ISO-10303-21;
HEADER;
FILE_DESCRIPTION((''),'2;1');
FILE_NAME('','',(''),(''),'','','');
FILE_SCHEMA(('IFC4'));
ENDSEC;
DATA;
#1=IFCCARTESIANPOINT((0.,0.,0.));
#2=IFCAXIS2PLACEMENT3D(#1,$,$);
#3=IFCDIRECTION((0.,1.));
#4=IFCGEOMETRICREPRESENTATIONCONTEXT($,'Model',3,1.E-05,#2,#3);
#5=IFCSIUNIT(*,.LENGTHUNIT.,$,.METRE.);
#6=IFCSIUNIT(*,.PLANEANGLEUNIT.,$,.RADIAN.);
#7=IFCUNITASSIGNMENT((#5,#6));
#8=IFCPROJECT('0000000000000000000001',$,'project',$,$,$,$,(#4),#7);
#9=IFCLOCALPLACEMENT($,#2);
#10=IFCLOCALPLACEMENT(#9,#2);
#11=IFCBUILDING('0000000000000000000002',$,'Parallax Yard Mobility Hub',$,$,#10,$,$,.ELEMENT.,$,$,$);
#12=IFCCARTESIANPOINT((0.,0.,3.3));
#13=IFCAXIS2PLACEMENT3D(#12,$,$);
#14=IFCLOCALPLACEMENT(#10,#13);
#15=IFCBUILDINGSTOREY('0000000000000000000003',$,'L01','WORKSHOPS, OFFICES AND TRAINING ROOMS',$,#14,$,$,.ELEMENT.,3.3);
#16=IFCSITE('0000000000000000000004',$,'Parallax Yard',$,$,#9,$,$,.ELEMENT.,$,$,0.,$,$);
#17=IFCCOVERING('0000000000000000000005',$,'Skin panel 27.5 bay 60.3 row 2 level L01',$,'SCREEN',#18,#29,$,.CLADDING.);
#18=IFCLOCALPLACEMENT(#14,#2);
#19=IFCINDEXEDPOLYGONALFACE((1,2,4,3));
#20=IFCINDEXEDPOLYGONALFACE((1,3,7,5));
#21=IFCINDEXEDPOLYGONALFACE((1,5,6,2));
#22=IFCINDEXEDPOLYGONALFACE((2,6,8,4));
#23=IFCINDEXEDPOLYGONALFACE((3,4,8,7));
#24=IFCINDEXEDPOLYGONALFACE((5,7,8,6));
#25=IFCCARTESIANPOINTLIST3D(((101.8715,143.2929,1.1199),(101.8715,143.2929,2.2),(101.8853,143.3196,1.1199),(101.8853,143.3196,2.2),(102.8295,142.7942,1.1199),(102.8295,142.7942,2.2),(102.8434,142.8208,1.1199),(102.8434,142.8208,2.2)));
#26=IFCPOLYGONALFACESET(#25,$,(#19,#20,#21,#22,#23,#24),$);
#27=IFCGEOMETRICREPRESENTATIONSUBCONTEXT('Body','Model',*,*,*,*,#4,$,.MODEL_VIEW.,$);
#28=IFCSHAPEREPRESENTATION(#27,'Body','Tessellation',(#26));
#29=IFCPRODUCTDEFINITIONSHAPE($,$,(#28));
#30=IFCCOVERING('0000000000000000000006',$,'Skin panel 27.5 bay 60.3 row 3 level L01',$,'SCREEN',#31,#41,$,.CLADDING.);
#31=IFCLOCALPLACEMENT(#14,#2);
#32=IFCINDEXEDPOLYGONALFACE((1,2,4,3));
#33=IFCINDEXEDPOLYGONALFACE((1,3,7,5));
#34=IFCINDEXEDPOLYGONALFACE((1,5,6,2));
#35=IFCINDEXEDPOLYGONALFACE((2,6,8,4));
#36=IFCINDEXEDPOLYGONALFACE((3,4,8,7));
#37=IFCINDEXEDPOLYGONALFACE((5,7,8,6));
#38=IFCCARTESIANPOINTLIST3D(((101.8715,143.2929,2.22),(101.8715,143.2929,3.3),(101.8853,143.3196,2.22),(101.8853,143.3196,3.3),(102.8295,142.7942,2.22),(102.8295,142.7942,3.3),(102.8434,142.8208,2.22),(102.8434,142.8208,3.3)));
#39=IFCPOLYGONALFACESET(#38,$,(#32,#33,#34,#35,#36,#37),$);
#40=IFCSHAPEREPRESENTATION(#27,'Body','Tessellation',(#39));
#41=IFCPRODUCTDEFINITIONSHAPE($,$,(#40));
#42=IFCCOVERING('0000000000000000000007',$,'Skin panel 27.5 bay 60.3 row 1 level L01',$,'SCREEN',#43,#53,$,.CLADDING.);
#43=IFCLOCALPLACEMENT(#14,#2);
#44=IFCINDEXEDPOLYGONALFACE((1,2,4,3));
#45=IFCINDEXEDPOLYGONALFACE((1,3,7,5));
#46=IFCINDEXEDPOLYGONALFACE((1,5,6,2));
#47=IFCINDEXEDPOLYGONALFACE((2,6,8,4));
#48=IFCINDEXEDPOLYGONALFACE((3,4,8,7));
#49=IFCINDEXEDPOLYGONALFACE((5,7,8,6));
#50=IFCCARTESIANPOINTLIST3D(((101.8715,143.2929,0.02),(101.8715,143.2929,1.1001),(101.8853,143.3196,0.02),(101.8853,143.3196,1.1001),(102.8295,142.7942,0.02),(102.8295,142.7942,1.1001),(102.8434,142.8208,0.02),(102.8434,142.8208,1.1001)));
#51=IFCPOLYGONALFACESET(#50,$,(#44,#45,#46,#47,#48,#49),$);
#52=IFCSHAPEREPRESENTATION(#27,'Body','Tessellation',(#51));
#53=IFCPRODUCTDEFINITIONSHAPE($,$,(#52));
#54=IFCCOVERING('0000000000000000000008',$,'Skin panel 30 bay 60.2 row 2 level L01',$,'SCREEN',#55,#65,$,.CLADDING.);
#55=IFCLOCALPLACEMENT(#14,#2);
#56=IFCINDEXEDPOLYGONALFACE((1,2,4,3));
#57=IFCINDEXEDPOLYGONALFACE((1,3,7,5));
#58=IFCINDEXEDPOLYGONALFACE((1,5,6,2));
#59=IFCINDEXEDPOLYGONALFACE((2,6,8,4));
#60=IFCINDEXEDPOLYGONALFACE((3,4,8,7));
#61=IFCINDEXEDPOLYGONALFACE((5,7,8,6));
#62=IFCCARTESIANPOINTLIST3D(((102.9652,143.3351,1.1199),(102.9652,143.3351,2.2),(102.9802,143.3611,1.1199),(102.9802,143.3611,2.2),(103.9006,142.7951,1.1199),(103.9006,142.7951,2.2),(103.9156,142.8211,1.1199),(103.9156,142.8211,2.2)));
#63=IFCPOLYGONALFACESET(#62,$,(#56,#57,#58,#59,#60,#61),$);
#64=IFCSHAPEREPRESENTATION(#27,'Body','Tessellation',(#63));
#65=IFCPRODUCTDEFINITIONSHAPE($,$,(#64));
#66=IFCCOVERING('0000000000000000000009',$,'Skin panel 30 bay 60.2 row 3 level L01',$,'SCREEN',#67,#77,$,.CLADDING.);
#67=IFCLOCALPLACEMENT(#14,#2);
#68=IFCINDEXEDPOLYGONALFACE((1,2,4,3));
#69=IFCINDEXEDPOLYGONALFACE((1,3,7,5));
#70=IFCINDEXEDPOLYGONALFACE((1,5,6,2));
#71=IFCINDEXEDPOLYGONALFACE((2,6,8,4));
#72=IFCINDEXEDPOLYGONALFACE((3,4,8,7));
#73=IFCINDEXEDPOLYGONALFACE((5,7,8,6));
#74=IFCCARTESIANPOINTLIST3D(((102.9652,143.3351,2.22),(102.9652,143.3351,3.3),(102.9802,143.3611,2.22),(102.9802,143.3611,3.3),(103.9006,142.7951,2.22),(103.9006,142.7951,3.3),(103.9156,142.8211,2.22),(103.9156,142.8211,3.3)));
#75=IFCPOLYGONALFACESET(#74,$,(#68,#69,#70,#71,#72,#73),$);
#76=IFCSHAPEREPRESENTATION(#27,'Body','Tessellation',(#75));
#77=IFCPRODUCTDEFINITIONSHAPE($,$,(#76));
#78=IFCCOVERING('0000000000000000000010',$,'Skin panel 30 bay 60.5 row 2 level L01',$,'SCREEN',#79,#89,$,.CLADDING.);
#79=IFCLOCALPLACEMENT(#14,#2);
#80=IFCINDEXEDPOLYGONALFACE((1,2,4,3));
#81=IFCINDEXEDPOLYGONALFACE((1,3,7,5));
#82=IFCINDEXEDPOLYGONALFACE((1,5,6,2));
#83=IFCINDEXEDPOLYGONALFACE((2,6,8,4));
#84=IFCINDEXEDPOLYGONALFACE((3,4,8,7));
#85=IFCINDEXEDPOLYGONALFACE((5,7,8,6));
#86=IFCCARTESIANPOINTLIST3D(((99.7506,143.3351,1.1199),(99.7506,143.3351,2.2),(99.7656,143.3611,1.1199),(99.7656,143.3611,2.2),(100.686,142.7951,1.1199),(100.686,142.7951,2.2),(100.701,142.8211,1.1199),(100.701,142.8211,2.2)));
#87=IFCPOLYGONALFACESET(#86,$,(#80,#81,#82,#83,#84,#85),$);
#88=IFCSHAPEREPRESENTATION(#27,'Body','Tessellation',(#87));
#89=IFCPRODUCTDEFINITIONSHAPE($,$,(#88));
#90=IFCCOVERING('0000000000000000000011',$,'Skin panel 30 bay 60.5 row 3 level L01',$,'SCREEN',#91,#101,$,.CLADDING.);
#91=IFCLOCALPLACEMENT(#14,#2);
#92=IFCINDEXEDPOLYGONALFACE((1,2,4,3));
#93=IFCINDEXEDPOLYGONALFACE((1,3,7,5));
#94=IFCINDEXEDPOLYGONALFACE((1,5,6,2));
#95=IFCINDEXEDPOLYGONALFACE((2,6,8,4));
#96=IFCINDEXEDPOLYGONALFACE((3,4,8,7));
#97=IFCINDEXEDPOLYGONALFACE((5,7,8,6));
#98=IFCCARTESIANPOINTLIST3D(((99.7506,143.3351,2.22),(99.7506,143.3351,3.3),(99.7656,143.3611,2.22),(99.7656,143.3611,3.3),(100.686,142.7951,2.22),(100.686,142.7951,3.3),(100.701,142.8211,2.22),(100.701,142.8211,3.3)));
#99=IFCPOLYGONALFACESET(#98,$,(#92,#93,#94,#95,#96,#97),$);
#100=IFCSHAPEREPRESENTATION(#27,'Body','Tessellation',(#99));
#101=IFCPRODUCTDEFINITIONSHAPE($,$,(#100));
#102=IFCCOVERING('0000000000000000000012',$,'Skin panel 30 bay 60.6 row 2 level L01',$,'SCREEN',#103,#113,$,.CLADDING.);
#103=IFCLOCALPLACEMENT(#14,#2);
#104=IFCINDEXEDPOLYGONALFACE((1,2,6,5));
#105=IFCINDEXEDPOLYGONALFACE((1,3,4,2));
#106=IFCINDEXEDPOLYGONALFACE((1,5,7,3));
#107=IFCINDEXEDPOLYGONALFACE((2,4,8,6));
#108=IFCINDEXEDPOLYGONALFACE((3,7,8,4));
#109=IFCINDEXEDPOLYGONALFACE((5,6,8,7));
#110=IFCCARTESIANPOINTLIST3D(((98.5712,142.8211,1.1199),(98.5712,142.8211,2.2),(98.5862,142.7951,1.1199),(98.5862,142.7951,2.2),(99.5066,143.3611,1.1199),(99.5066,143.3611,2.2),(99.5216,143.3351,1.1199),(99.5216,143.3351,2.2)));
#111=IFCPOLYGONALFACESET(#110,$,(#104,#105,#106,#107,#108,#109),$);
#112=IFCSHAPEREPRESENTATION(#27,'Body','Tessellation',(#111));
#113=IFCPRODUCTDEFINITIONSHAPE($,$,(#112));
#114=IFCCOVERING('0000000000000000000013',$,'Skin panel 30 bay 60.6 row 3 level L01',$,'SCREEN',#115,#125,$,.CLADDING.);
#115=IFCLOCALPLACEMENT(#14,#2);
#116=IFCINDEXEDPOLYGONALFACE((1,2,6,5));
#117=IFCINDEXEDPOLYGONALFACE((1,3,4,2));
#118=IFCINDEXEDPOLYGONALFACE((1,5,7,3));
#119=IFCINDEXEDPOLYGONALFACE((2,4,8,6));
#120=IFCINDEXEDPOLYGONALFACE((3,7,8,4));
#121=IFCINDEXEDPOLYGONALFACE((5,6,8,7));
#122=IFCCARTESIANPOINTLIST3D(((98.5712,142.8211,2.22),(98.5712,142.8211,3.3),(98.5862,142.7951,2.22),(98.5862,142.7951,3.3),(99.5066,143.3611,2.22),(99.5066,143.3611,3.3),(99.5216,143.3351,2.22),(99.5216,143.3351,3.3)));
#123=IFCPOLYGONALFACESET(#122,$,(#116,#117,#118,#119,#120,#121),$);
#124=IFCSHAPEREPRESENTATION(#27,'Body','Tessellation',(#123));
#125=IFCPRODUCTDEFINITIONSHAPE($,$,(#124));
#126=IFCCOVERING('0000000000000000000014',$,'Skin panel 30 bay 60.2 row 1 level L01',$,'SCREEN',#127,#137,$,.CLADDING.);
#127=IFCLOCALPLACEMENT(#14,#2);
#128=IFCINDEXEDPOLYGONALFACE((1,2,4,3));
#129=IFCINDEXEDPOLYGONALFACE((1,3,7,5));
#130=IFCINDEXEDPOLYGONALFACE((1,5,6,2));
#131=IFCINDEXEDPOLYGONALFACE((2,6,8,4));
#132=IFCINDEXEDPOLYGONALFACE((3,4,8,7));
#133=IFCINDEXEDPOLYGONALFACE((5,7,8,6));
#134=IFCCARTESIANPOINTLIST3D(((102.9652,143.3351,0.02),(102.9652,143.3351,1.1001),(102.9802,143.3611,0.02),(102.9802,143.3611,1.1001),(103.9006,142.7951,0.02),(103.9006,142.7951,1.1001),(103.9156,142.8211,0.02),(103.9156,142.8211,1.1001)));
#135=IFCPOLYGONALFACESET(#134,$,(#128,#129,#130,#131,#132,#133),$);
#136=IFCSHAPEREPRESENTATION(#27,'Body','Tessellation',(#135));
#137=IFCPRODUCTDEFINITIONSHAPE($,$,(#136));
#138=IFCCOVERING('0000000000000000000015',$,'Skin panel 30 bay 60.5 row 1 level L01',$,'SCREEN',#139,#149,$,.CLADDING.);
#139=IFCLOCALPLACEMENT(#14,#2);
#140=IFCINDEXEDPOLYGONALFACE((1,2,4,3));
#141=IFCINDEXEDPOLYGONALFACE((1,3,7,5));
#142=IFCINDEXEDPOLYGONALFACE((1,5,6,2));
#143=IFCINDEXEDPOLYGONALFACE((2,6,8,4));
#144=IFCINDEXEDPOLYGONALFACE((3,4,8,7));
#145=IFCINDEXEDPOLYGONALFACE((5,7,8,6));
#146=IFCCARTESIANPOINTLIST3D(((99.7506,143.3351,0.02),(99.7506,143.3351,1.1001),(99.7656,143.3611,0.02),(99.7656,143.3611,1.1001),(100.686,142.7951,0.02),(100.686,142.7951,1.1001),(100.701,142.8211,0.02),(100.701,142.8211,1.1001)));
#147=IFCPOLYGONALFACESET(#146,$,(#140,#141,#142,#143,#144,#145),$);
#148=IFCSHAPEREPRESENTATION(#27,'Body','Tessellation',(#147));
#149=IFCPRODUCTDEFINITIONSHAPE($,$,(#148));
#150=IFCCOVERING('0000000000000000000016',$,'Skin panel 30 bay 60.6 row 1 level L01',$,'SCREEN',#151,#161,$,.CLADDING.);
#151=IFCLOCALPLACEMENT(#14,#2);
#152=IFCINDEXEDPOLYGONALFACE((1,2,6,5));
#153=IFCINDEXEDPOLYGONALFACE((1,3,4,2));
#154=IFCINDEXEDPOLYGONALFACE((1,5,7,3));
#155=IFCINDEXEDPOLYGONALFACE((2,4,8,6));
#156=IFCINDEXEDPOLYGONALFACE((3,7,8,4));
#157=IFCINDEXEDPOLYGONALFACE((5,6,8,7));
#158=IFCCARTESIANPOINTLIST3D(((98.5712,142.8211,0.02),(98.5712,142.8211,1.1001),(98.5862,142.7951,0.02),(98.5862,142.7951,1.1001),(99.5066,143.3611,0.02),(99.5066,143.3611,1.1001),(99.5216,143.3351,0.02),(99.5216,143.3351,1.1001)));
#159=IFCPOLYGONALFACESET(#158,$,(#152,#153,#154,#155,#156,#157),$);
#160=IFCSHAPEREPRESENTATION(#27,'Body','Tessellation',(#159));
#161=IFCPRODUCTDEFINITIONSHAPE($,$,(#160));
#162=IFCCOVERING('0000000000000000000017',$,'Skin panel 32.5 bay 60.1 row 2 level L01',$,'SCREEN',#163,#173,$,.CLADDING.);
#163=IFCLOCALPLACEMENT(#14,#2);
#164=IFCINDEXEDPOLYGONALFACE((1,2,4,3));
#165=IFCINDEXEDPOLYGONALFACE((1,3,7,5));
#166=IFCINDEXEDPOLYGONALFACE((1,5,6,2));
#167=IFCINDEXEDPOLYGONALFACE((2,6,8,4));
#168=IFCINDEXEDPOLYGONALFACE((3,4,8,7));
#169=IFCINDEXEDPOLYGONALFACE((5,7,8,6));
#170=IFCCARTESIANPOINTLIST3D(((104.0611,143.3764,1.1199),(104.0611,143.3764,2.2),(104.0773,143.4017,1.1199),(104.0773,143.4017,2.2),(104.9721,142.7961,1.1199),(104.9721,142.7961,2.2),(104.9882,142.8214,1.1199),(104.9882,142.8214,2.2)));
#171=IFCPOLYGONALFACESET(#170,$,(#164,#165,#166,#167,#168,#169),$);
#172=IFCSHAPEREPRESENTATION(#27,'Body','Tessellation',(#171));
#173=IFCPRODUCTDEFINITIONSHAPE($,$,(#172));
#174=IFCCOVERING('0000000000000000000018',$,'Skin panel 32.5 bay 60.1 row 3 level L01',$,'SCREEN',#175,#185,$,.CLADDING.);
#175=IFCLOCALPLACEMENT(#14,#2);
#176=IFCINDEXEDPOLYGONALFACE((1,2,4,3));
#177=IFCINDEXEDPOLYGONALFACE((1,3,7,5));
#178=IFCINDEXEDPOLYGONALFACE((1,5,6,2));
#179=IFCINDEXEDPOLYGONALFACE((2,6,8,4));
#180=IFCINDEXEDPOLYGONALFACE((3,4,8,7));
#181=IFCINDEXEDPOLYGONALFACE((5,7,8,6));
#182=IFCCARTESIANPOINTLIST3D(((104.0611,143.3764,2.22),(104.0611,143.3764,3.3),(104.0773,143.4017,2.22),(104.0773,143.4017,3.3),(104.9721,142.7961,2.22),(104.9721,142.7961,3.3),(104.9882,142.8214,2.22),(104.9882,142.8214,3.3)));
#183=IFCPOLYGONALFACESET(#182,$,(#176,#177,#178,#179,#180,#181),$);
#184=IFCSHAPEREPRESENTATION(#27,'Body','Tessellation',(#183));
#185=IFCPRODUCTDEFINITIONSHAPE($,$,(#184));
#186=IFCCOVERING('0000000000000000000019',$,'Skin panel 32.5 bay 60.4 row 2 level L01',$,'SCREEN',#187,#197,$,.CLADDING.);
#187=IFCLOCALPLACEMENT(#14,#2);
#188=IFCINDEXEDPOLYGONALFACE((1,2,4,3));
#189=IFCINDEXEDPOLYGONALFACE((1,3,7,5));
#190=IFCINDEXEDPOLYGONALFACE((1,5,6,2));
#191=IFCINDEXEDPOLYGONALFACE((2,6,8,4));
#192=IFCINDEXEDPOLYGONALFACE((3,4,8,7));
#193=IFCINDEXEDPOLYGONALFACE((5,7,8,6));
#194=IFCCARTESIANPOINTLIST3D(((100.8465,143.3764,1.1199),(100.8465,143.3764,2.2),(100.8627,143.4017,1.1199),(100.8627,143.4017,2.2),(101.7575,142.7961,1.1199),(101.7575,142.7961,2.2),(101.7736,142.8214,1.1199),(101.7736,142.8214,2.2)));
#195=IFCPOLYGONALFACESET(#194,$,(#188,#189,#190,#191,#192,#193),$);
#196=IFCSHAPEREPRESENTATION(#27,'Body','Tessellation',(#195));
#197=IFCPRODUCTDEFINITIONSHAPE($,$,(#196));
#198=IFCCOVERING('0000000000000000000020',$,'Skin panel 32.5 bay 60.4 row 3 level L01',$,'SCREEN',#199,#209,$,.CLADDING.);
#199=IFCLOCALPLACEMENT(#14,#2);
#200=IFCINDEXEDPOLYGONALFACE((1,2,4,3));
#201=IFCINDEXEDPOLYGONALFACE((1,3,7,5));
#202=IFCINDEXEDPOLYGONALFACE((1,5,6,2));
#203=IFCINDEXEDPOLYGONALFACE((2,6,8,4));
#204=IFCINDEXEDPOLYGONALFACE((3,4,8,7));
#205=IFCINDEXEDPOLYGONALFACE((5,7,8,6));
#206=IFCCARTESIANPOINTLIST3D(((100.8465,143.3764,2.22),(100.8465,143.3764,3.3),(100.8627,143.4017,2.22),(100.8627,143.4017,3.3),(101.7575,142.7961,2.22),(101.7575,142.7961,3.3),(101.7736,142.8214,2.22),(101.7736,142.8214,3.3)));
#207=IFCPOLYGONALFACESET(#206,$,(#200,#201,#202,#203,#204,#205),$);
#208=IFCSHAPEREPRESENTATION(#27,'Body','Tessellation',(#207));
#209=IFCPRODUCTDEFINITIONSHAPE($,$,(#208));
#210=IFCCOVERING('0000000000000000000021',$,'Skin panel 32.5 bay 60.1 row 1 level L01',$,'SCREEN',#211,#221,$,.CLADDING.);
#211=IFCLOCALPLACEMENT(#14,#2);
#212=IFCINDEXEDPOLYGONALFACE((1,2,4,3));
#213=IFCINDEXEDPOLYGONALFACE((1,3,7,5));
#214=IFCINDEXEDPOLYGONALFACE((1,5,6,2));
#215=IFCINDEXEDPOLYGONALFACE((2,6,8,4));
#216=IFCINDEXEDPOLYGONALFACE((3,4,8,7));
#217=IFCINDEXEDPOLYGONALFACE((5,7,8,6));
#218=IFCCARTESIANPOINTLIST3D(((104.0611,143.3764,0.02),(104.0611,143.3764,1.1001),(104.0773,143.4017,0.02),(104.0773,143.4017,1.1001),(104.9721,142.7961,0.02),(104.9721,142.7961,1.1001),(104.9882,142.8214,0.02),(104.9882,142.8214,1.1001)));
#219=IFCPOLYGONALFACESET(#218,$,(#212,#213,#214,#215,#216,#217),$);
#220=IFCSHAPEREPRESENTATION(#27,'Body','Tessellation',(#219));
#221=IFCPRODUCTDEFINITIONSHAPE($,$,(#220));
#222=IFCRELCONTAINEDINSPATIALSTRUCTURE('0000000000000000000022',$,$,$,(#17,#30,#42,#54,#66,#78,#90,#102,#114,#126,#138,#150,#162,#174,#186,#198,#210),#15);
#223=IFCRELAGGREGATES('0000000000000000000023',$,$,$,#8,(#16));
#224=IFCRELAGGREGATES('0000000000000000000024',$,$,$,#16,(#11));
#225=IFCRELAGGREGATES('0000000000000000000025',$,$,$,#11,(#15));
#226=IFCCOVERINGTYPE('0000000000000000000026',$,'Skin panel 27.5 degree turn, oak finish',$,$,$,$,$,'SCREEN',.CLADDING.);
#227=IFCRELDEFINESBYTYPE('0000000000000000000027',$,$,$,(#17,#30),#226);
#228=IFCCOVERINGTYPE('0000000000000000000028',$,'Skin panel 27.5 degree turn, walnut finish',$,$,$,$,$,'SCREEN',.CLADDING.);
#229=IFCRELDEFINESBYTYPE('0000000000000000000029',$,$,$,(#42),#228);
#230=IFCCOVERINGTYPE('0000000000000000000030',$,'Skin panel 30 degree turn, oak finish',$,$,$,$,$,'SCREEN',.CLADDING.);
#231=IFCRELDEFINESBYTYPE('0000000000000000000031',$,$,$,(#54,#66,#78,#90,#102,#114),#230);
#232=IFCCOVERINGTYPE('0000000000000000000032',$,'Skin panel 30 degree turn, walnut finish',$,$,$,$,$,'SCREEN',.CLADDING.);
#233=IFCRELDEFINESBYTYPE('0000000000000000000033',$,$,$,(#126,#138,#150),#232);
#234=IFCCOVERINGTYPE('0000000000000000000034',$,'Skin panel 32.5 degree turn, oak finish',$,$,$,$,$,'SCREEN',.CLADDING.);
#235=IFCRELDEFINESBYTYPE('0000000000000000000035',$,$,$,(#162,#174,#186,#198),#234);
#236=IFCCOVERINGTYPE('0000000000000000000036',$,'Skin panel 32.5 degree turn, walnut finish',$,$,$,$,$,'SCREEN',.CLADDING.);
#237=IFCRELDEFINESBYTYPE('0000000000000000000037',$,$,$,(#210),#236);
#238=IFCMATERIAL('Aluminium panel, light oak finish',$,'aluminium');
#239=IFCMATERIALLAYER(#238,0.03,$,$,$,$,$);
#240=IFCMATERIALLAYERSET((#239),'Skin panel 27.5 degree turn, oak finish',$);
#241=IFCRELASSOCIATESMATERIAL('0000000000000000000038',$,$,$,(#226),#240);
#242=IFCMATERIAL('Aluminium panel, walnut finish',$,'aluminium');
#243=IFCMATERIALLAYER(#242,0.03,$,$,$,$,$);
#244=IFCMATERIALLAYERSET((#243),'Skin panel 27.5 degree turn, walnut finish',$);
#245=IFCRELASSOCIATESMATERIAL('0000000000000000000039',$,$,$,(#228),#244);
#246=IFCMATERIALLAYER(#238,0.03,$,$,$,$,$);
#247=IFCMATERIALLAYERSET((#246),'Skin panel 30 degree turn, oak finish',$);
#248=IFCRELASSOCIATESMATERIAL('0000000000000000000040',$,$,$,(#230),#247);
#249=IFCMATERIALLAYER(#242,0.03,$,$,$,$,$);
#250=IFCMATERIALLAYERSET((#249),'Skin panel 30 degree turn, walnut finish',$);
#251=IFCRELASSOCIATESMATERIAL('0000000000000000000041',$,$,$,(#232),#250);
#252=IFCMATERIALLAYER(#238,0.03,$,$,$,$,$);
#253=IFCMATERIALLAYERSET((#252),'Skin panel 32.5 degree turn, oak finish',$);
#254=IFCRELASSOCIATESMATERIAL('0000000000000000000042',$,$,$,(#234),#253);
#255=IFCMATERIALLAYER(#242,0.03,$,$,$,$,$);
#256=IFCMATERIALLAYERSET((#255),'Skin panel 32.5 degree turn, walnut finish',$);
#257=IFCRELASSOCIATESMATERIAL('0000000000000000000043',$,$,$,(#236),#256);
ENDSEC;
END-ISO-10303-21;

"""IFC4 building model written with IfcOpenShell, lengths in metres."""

from ifc_helpers import new_model, si_unit, direction, frame, origin, origin_2d, place, context, subcontext, project, spatial, rectangle, extrude, material, layer, layer_set, type_object, element, save


model = new_model("IFC4")

# Units and contexts
model_context = context("Model", 3, precision=1e-05, world=origin(), true_north=direction((0.0, 1.0)))
body_context = subcontext(model_context, "Body", "Model", "MODEL_VIEW")
ifc_project = project(units=[si_unit("LENGTHUNIT", "METRE"), si_unit("PLANEANGLEUNIT", "RADIAN")], contexts=[model_context])

# Site, building, storey
site_placement = place(None, origin())
site = spatial("IfcSite", under=ifc_project, at=site_placement, Name="Parallax Yard", CompositionType="ELEMENT", RefElevation=0.0)
building_placement = place(site_placement, origin())
building = spatial("IfcBuilding", under=site, at=building_placement, Name="Parallax Yard Mobility Hub", CompositionType="ELEMENT")
storey_placement = place(building_placement, frame((0.0, 0.0, 3.3)))
storey = spatial("IfcBuildingStorey", under=building, at=storey_placement, Name="L01", Description="WORKSHOPS, OFFICES AND TRAINING ROOMS", CompositionType="ELEMENT", Elevation=3.3)

# Coverings
ifc_material_1 = material(Name="Aluminium panel, light oak finish", Category="aluminium")
ifc_layer_1 = layer(ifc_material_1, 0.03)
ifc_layer_set_1 = layer_set([ifc_layer_1], Name="Skin panel 27.5 degree turn, oak finish")
covering_type_1 = type_object("IfcCoveringType", Name="Skin panel 27.5 degree turn, oak finish", ElementType="SCREEN", PredefinedType="CLADDING", material=ifc_layer_set_1)
for number, where, z_axis, x_axis, name in (
    (1, (102.3574, 143.0569, 1.1199), (0.0, 0.0, 1.0), (-0.887011, 0.461749, 0.0), "Skin panel 27.5 bay 60.3 row 2 level L01"),
    (2, (102.3574, 143.0569, 2.22), (0.0, 0.0, 1.0), (-0.887011, 0.461749, 0.0), "Skin panel 27.5 bay 60.3 row 3 level L01"),
):
    element("IfcCovering", number, at=place(storey_placement, frame(where, z_axis=z_axis, x_axis=x_axis)), inside=storey, type_object=covering_type_1, Name=name, ObjectType="SCREEN", PredefinedType="CLADDING", context=body_context, shape_type="SweptSolid", body=[
        extrude(rectangle(XDim=1.0801, YDim=0.03, at=origin_2d()), origin(), (0.0, 0.0, 1.0), 1.0801),
    ])
ifc_material_2 = material(Name="Aluminium panel, walnut finish", Category="aluminium")
ifc_layer_2 = layer(ifc_material_2, 0.03)
ifc_layer_set_2 = layer_set([ifc_layer_2], Name="Skin panel 27.5 degree turn, walnut finish")
covering_type_2 = type_object("IfcCoveringType", Name="Skin panel 27.5 degree turn, walnut finish", ElementType="SCREEN", PredefinedType="CLADDING", material=ifc_layer_set_2)
covering_1_placement = place(storey_placement, frame((102.3574, 143.0569, 0.02), z_axis=(0.0, 0.0, 1.0), x_axis=(-0.887011, 0.461749, 0.0)))
element("IfcCovering", 3, at=covering_1_placement, inside=storey, type_object=covering_type_2, Name="Skin panel 27.5 bay 60.3 row 1 level L01", ObjectType="SCREEN", PredefinedType="CLADDING", context=body_context, shape_type="SweptSolid", body=[
    extrude(rectangle(XDim=1.0801, YDim=0.03, at=origin_2d()), origin(), (0.0, 0.0, 1.0), 1.0801),
])
ifc_layer_3 = layer(ifc_material_1, 0.03)
ifc_layer_set_3 = layer_set([ifc_layer_3], Name="Skin panel 30 degree turn, oak finish")
covering_type_3 = type_object("IfcCoveringType", Name="Skin panel 30 degree turn, oak finish", ElementType="SCREEN", PredefinedType="CLADDING", material=ifc_layer_set_3)
for number, where, z_axis, x_axis, name in (
    (4, (103.4404, 143.0781, 1.1199), (0.0, 0.0, 1.0), (-0.866025, 0.5, 0.0), "Skin panel 30 bay 60.2 row 2 level L01"),
    (5, (103.4404, 143.0781, 2.22), (0.0, 0.0, 1.0), (-0.866025, 0.5, 0.0), "Skin panel 30 bay 60.2 row 3 level L01"),
    (6, (100.2258, 143.0781, 1.1199), (0.0, 0.0, 1.0), (-0.866025, 0.5, 0.0), "Skin panel 30 bay 60.5 row 2 level L01"),
    (7, (100.2258, 143.0781, 2.22), (0.0, 0.0, 1.0), (-0.866025, 0.5, 0.0), "Skin panel 30 bay 60.5 row 3 level L01"),
    (8, (99.0464, 143.0781, 1.1199), (0.0, 0.0, 1.0), (0.866025, 0.5, 0.0), "Skin panel 30 bay 60.6 row 2 level L01"),
    (9, (99.0464, 143.0781, 2.22), (0.0, 0.0, 1.0), (0.866025, 0.5, 0.0), "Skin panel 30 bay 60.6 row 3 level L01"),
):
    element("IfcCovering", number, at=place(storey_placement, frame(where, z_axis=z_axis, x_axis=x_axis)), inside=storey, type_object=covering_type_3, Name=name, ObjectType="SCREEN", PredefinedType="CLADDING", context=body_context, shape_type="SweptSolid", body=[
        extrude(rectangle(XDim=1.0801, YDim=0.03, at=origin_2d()), origin(), (0.0, 0.0, 1.0), 1.0801),
    ])
ifc_layer_4 = layer(ifc_material_2, 0.03)
ifc_layer_set_4 = layer_set([ifc_layer_4], Name="Skin panel 30 degree turn, walnut finish")
covering_type_4 = type_object("IfcCoveringType", Name="Skin panel 30 degree turn, walnut finish", ElementType="SCREEN", PredefinedType="CLADDING", material=ifc_layer_set_4)
for number, where, z_axis, x_axis, name in (
    (10, (103.4404, 143.0781, 0.02), (0.0, 0.0, 1.0), (-0.866025, 0.5, 0.0), "Skin panel 30 bay 60.2 row 1 level L01"),
    (11, (100.2258, 143.0781, 0.02), (0.0, 0.0, 1.0), (-0.866025, 0.5, 0.0), "Skin panel 30 bay 60.5 row 1 level L01"),
    (12, (99.0464, 143.0781, 0.02), (0.0, 0.0, 1.0), (0.866025, 0.5, 0.0), "Skin panel 30 bay 60.6 row 1 level L01"),
):
    element("IfcCovering", number, at=place(storey_placement, frame(where, z_axis=z_axis, x_axis=x_axis)), inside=storey, type_object=covering_type_4, Name=name, ObjectType="SCREEN", PredefinedType="CLADDING", context=body_context, shape_type="SweptSolid", body=[
        extrude(rectangle(XDim=1.0801, YDim=0.03, at=origin_2d()), origin(), (0.0, 0.0, 1.0), 1.0801),
    ])
ifc_layer_5 = layer(ifc_material_1, 0.03)
ifc_layer_set_5 = layer_set([ifc_layer_5], Name="Skin panel 32.5 degree turn, oak finish")
covering_type_5 = type_object("IfcCoveringType", Name="Skin panel 32.5 degree turn, oak finish", ElementType="SCREEN", PredefinedType="CLADDING", material=ifc_layer_set_5)
for number, where, z_axis, x_axis, name in (
    (13, (104.5247, 143.0989, 1.1199), (0.0, 0.0, 1.0), (-0.843391, 0.5373, 0.0), "Skin panel 32.5 bay 60.1 row 2 level L01"),
    (14, (104.5247, 143.0989, 2.22), (0.0, 0.0, 1.0), (-0.843391, 0.5373, 0.0), "Skin panel 32.5 bay 60.1 row 3 level L01"),
    (15, (101.3101, 143.0989, 1.1199), (0.0, 0.0, 1.0), (-0.843391, 0.5373, 0.0), "Skin panel 32.5 bay 60.4 row 2 level L01"),
    (16, (101.3101, 143.0989, 2.22), (0.0, 0.0, 1.0), (-0.843391, 0.5373, 0.0), "Skin panel 32.5 bay 60.4 row 3 level L01"),
):
    element("IfcCovering", number, at=place(storey_placement, frame(where, z_axis=z_axis, x_axis=x_axis)), inside=storey, type_object=covering_type_5, Name=name, ObjectType="SCREEN", PredefinedType="CLADDING", context=body_context, shape_type="SweptSolid", body=[
        extrude(rectangle(XDim=1.0801, YDim=0.03, at=origin_2d()), origin(), (0.0, 0.0, 1.0), 1.0801),
    ])
ifc_layer_6 = layer(ifc_material_2, 0.03)
ifc_layer_set_6 = layer_set([ifc_layer_6], Name="Skin panel 32.5 degree turn, walnut finish")
covering_type_6 = type_object("IfcCoveringType", Name="Skin panel 32.5 degree turn, walnut finish", ElementType="SCREEN", PredefinedType="CLADDING", material=ifc_layer_set_6)
for number, where, z_axis, x_axis, name in (
    (17, (104.5247, 143.0989, 0.02), (0.0, 0.0, 1.0), (-0.843391, 0.5373, 0.0), "Skin panel 32.5 bay 60.1 row 1 level L01"),
):
    element("IfcCovering", number, at=place(storey_placement, frame(where, z_axis=z_axis, x_axis=x_axis)), inside=storey, type_object=covering_type_6, Name=name, ObjectType="SCREEN", PredefinedType="CLADDING", context=body_context, shape_type="SweptSolid", body=[
        extrude(rectangle(XDim=1.0801, YDim=0.03, at=origin_2d()), origin(), (0.0, 0.0, 1.0), 1.0801),
    ])

save(model, "model.ifc")
